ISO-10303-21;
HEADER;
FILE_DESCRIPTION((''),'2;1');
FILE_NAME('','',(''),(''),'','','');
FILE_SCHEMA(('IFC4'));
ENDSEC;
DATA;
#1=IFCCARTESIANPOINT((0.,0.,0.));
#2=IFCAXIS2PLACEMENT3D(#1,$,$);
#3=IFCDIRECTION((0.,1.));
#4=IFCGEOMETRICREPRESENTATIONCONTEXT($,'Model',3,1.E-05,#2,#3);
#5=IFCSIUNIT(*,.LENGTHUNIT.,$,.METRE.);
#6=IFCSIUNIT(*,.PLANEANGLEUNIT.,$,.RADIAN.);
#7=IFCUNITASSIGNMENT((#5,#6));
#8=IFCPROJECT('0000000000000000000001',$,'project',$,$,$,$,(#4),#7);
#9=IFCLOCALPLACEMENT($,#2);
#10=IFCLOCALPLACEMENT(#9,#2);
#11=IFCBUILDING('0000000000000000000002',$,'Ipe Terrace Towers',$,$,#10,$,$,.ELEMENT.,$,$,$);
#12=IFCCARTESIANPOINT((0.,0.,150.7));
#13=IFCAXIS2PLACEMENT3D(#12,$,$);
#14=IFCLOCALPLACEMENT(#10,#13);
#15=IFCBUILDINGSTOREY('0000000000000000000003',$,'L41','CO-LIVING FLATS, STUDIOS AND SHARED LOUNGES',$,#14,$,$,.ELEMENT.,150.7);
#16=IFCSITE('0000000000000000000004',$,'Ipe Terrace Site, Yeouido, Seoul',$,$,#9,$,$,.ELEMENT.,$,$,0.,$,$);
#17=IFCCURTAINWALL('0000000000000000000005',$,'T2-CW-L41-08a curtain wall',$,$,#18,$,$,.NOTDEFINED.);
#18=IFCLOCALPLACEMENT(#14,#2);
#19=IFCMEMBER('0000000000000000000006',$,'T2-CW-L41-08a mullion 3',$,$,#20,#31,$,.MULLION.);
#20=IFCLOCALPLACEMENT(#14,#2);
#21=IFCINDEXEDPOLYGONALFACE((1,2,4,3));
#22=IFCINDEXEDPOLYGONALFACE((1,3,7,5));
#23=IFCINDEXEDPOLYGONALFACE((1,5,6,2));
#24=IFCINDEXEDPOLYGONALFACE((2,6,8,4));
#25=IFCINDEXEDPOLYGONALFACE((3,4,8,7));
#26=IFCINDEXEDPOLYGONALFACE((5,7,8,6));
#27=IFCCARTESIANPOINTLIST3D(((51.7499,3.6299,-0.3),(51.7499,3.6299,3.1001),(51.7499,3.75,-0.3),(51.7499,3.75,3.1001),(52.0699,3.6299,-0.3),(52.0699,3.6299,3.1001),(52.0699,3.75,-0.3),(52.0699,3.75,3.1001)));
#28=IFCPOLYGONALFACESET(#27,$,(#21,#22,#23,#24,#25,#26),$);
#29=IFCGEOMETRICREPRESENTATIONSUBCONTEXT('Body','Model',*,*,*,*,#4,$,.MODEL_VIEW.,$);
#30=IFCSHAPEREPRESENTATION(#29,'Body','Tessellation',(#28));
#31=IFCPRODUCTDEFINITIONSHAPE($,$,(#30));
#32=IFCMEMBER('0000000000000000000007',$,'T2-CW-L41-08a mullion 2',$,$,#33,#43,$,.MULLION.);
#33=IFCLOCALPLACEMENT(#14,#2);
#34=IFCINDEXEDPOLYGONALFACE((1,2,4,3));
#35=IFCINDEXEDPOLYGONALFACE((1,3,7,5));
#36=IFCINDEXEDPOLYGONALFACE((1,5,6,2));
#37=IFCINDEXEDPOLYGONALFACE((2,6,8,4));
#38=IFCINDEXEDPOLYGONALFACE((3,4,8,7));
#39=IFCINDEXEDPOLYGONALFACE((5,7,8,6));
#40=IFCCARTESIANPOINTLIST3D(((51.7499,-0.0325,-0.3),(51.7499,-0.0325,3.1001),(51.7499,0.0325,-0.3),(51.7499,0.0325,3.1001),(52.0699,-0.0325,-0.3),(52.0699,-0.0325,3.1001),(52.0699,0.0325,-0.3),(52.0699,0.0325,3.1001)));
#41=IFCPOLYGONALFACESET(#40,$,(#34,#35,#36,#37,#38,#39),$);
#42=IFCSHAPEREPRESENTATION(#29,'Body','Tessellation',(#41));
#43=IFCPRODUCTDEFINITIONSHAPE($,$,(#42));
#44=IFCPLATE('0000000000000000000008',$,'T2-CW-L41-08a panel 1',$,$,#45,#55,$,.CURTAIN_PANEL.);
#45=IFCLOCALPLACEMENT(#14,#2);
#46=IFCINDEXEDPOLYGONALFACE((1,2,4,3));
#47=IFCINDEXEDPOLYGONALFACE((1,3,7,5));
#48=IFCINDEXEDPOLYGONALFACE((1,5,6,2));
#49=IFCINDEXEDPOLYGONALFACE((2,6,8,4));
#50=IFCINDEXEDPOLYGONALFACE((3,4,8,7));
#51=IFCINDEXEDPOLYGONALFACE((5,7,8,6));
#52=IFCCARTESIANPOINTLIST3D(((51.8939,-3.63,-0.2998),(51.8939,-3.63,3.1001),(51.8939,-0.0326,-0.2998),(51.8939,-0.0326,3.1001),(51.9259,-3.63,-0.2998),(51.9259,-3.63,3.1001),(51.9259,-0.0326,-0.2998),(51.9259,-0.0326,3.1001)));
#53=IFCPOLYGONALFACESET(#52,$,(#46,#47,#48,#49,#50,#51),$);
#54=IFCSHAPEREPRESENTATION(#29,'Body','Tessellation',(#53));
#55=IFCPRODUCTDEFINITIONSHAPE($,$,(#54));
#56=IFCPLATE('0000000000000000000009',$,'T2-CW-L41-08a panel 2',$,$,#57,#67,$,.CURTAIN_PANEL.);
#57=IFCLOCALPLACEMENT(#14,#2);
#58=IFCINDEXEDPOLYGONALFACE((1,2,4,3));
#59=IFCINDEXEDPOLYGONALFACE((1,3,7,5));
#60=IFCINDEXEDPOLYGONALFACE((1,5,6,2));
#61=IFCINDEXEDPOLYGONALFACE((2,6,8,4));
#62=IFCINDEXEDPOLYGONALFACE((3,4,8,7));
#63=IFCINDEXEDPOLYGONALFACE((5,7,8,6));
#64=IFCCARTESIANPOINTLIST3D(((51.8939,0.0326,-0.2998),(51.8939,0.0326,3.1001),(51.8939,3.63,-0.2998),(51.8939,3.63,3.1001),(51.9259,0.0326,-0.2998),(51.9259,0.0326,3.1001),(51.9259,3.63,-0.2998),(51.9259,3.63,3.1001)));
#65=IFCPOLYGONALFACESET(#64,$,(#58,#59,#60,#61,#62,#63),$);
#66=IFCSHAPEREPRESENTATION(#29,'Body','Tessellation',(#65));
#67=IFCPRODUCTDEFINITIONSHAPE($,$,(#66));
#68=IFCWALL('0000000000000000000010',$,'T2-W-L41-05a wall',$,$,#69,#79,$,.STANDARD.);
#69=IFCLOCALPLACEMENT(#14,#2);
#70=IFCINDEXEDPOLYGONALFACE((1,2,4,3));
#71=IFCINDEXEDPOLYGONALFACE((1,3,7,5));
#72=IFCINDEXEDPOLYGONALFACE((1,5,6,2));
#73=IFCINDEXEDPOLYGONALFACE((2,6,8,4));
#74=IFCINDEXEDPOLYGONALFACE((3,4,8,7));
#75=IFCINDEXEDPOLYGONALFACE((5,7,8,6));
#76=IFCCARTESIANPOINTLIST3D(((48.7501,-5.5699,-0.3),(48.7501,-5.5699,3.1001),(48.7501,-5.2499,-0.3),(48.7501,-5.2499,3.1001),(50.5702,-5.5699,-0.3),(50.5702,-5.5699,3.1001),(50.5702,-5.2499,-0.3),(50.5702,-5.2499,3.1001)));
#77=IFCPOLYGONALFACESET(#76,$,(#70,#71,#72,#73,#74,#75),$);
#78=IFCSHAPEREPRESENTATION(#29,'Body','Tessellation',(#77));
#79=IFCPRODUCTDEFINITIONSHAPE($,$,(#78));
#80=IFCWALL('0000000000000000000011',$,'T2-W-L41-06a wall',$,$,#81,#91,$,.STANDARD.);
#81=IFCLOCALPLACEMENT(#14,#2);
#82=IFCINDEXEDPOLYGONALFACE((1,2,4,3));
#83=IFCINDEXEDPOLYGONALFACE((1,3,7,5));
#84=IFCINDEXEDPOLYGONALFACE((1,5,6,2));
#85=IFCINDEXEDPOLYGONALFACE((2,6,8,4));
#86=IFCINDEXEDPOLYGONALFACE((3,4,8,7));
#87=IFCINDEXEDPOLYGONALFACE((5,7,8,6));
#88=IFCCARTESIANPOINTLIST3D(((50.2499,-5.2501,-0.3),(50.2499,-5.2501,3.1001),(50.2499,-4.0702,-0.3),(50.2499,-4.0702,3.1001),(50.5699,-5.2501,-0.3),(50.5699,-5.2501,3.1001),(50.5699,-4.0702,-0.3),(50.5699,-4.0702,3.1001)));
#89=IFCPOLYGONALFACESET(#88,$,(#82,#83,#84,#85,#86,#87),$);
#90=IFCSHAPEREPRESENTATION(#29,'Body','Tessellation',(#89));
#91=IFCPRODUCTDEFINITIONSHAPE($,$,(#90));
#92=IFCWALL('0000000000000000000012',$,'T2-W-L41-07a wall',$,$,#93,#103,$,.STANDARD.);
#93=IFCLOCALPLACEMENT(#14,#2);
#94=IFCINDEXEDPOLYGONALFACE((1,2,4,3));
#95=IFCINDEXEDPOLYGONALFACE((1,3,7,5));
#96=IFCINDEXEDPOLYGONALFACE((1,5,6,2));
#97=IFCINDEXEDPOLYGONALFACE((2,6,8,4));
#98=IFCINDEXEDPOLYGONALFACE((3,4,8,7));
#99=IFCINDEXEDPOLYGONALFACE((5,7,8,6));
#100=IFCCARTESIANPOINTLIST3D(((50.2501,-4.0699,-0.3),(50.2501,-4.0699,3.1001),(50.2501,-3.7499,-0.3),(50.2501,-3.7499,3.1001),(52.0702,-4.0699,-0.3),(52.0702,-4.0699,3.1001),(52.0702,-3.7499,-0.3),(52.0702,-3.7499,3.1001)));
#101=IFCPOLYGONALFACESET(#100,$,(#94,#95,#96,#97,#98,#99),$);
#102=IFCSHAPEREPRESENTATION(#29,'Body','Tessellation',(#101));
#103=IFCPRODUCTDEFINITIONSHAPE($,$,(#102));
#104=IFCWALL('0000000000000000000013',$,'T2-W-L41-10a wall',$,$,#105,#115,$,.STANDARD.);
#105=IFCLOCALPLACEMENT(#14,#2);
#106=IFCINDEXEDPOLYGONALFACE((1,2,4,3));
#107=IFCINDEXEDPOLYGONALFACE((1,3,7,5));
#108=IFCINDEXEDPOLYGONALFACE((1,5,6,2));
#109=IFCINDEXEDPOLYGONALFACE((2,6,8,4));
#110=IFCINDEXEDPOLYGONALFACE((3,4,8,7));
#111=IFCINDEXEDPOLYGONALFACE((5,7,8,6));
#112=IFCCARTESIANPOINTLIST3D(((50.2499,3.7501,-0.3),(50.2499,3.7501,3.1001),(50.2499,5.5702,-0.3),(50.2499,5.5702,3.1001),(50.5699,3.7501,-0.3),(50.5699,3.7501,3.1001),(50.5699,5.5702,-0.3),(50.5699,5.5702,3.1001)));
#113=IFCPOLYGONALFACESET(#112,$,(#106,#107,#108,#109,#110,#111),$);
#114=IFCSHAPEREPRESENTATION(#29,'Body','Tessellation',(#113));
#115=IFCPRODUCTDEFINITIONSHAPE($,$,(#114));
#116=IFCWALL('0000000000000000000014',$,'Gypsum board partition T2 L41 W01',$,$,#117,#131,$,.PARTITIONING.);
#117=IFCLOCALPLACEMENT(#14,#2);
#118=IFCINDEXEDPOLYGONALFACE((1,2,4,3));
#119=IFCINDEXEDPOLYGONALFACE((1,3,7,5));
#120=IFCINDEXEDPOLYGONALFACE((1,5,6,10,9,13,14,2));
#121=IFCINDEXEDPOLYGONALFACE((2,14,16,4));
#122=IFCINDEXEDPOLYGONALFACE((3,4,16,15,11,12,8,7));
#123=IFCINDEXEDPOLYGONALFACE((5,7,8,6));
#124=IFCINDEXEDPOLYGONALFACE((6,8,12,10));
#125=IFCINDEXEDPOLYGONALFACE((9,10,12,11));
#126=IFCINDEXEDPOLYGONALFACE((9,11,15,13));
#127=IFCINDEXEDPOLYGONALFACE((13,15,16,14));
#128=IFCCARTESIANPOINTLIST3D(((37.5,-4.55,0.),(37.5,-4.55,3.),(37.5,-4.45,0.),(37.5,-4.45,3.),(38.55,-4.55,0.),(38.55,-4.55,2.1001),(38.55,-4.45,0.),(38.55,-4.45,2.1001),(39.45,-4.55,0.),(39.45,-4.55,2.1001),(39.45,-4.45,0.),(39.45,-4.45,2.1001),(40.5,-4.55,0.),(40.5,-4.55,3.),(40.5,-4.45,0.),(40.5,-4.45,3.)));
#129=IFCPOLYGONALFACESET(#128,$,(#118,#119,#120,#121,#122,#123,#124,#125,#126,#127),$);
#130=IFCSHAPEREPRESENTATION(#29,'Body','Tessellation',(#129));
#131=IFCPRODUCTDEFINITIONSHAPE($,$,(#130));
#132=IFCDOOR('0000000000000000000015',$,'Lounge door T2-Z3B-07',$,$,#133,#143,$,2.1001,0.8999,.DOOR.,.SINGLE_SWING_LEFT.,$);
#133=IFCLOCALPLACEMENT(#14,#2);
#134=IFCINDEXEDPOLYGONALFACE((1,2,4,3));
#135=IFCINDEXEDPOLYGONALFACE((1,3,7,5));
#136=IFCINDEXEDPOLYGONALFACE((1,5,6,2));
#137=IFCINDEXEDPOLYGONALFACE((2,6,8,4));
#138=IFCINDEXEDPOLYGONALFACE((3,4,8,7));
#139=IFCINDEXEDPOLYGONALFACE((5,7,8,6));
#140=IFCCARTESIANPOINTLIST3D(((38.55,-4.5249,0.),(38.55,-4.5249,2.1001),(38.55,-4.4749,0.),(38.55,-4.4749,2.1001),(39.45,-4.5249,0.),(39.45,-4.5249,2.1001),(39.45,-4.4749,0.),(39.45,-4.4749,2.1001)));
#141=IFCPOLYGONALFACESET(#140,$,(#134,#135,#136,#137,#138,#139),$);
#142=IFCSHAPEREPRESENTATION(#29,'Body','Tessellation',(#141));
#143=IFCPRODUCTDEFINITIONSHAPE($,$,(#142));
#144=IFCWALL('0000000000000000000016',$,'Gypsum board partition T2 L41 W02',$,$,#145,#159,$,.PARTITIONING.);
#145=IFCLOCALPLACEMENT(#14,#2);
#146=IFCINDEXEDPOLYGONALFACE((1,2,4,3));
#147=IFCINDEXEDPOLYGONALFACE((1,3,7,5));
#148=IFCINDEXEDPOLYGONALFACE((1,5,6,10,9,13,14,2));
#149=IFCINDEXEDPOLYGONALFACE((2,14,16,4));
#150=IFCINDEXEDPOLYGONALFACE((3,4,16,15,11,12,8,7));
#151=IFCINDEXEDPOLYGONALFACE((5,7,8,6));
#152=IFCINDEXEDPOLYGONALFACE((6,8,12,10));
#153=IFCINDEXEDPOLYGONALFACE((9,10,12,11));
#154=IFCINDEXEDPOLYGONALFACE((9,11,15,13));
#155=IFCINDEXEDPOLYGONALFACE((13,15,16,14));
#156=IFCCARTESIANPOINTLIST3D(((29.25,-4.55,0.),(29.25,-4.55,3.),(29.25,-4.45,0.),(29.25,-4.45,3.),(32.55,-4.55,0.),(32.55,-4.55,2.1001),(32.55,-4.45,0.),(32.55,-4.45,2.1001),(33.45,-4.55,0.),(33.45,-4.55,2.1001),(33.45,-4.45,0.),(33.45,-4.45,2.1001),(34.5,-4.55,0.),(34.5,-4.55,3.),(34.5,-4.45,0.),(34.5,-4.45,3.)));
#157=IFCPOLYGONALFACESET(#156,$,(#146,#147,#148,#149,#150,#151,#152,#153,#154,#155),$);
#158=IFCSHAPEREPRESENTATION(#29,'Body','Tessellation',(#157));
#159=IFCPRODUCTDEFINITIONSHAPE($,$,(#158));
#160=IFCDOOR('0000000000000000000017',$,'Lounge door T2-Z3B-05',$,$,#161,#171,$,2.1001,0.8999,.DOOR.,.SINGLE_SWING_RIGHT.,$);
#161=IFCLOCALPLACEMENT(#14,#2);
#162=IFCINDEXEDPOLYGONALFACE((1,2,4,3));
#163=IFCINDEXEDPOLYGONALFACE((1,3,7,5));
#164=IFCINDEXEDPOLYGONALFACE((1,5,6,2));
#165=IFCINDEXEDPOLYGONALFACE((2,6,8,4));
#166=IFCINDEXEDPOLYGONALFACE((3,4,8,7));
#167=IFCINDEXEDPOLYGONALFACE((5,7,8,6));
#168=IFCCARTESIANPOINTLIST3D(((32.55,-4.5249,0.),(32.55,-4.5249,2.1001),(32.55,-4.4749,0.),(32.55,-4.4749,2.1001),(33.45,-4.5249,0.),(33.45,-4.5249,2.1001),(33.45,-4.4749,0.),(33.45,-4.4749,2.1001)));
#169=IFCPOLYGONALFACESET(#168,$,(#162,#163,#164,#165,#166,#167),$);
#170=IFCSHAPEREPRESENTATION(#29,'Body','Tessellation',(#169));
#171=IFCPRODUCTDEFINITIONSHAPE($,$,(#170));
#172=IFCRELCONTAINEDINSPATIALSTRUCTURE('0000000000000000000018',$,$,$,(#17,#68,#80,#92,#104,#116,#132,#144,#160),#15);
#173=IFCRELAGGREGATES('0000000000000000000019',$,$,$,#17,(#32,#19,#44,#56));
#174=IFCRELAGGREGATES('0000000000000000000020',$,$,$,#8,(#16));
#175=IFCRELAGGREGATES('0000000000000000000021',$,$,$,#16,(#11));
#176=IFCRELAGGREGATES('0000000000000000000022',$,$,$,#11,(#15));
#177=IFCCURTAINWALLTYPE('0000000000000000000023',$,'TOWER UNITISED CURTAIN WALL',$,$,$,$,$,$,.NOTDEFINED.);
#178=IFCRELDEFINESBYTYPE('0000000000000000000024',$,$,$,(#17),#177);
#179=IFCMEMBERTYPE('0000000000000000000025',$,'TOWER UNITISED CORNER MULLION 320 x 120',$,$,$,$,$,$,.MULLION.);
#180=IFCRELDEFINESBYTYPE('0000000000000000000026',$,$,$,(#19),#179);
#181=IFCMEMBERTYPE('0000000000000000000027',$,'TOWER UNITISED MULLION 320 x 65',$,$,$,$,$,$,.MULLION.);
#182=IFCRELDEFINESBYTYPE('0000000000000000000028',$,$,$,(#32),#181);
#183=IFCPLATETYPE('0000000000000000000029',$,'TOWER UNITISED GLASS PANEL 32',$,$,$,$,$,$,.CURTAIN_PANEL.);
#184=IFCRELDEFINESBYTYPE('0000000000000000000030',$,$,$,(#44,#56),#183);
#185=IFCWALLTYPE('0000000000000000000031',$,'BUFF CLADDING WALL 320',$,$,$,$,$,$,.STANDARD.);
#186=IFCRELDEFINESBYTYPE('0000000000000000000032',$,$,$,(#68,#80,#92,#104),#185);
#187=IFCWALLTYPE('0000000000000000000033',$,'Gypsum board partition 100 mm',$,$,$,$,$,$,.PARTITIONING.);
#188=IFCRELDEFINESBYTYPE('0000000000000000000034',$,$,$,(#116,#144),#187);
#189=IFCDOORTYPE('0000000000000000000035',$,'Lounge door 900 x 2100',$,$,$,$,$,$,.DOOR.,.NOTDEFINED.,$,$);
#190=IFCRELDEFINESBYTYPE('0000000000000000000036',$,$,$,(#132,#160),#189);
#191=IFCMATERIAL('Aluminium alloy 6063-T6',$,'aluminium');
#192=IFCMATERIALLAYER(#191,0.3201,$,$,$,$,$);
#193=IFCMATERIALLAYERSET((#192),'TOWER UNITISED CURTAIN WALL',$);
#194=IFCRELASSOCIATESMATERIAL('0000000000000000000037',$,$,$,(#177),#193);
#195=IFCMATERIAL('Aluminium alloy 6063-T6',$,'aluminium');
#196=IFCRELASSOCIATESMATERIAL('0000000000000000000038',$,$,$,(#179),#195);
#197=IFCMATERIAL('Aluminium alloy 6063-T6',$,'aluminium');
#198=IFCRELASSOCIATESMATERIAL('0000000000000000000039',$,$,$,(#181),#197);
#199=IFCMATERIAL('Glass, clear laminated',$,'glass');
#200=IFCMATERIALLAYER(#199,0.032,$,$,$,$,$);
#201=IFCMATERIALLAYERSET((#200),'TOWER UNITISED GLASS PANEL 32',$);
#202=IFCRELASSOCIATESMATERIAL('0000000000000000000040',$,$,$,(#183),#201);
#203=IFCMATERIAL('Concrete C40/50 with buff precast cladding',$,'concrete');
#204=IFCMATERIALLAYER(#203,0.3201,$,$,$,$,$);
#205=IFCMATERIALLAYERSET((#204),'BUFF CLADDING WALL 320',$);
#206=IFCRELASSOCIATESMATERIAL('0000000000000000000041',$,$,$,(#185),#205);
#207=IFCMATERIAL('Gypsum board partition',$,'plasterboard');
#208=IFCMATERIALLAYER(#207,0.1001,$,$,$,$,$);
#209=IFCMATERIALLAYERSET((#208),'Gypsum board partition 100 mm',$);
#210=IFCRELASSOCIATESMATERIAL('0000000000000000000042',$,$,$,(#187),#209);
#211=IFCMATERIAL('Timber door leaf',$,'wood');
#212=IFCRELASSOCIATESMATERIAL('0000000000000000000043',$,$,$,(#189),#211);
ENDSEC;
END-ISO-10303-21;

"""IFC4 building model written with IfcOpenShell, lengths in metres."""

from ifc_helpers import new_model, si_unit, direction, frame, frame_2d, origin, origin_2d, place, context, subcontext, project, spatial, rectangle, extrude, material, layer, layer_set, material_profile, profile_set, type_object, element, fill, aggregate, save


model = new_model("IFC4")

# Units and contexts
model_context = context("Model", 3, precision=1e-05, world=origin(), true_north=direction((0.0, 1.0)))
body_context = subcontext(model_context, "Body", "Model", "MODEL_VIEW")
ifc_project = project(units=[si_unit("LENGTHUNIT", "METRE"), si_unit("PLANEANGLEUNIT", "RADIAN")], contexts=[model_context])

# Site, building, storey
site_placement = place(None, origin())
site = spatial("IfcSite", under=ifc_project, at=site_placement, Name="Ipe Terrace Site, Yeouido, Seoul", CompositionType="ELEMENT", RefElevation=0.0)
building_placement = place(site_placement, origin())
building = spatial("IfcBuilding", under=site, at=building_placement, Name="Ipe Terrace Towers", CompositionType="ELEMENT")
storey_placement = place(building_placement, frame((0.0, 0.0, 150.7)))
storey = spatial("IfcBuildingStorey", under=building, at=storey_placement, Name="L41", Description="CO-LIVING FLATS, STUDIOS AND SHARED LOUNGES", CompositionType="ELEMENT", Elevation=150.7)

# Curtain wall, members, plates
ifc_material_1 = material(Name="Aluminium alloy 6063-T6", Category="aluminium")
ifc_layer_1 = layer(ifc_material_1, 0.3201)
ifc_layer_set_1 = layer_set([ifc_layer_1], Name="TOWER UNITISED CURTAIN WALL")
curtain_wall_type = type_object("IfcCurtainWallType", Name="TOWER UNITISED CURTAIN WALL", PredefinedType="NOTDEFINED", material=ifc_layer_set_1)
curtain_wall_placement = place(storey_placement, origin())
curtain_wall = element("IfcCurtainWall", 1, at=curtain_wall_placement, inside=storey, type_object=curtain_wall_type, Name="T2-CW-L41-08a curtain wall", PredefinedType="NOTDEFINED")
ifc_material_2 = material(Name="Aluminium alloy 6063-T6", Category="aluminium")
ifc_material_profile_1 = material_profile(ifc_material_2, rectangle(XDim=0.3201, YDim=0.1201, at=origin_2d()), Name="TOWER UNITISED CORNER MULLION 320 x 120")
ifc_profile_set_1 = profile_set([ifc_material_profile_1], Name="Aluminium alloy 6063-T6")
member_type_1 = type_object("IfcMemberType", Name="TOWER UNITISED CORNER MULLION 320 x 120", PredefinedType="MULLION", material=ifc_profile_set_1)
member_1_placement = place(storey_placement, frame((51.9099, 3.6899, -0.3), z_axis=(0.0, 0.0, 1.0), x_axis=(1.0, 0.0, 0.0)))
member_1 = element("IfcMember", 2, at=member_1_placement, type_object=member_type_1, Name="T2-CW-L41-08a mullion 3", PredefinedType="MULLION", context=body_context, shape_type="SweptSolid", body=[
    extrude(rectangle(XDim=0.3201, YDim=0.1201, at=origin_2d()), origin(), (0.0, 0.0, 1.0), 3.4001),
])
ifc_material_3 = material(Name="Aluminium alloy 6063-T6", Category="aluminium")
ifc_material_profile_2 = material_profile(ifc_material_3, rectangle(XDim=0.3201, YDim=0.0649, at=origin_2d()), Name="TOWER UNITISED MULLION 320 x 65")
ifc_profile_set_2 = profile_set([ifc_material_profile_2], Name="Aluminium alloy 6063-T6")
member_type_2 = type_object("IfcMemberType", Name="TOWER UNITISED MULLION 320 x 65", PredefinedType="MULLION", material=ifc_profile_set_2)
member_2_placement = place(storey_placement, frame((51.9099, 0.0, -0.3), z_axis=(0.0, 0.0, 1.0), x_axis=(1.0, 0.0, 0.0)))
member_2 = element("IfcMember", 3, at=member_2_placement, type_object=member_type_2, Name="T2-CW-L41-08a mullion 2", PredefinedType="MULLION", context=body_context, shape_type="SweptSolid", body=[
    extrude(rectangle(XDim=0.3201, YDim=0.0649, at=origin_2d()), origin(), (0.0, 0.0, 1.0), 3.4001),
])
ifc_material_4 = material(Name="Glass, clear laminated", Category="glass")
ifc_layer_2 = layer(ifc_material_4, 0.032)
ifc_layer_set_2 = layer_set([ifc_layer_2], Name="TOWER UNITISED GLASS PANEL 32")
plate_type = type_object("IfcPlateType", Name="TOWER UNITISED GLASS PANEL 32", PredefinedType="CURTAIN_PANEL", material=ifc_layer_set_2)
plate_1_placement = place(storey_placement, frame((51.9099, -1.8313, -0.2998), z_axis=(0.0, 0.0, 1.0), x_axis=(0.0, 1.0, 0.0)))
plate_1 = element("IfcPlate", 4, at=plate_1_placement, type_object=plate_type, Name="T2-CW-L41-08a panel 1", PredefinedType="CURTAIN_PANEL", context=body_context, shape_type="SweptSolid", body=[
    extrude(rectangle(XDim=3.5974, YDim=0.032, at=origin_2d()), origin(), (0.0, 0.0, 1.0), 3.3999),
])
plate_2_placement = place(storey_placement, frame((51.9099, 1.8313, -0.2998), z_axis=(0.0, 0.0, 1.0), x_axis=(0.0, 1.0, 0.0)))
plate_2 = element("IfcPlate", 5, at=plate_2_placement, type_object=plate_type, Name="T2-CW-L41-08a panel 2", PredefinedType="CURTAIN_PANEL", context=body_context, shape_type="SweptSolid", body=[
    extrude(rectangle(XDim=3.5974, YDim=0.032, at=origin_2d()), origin(), (0.0, 0.0, 1.0), 3.3999),
])
aggregate(curtain_wall, [member_2, member_1, plate_1, plate_2])

# Walls
ifc_material_5 = material(Name="Concrete C40/50 with buff precast cladding", Category="concrete")
ifc_layer_3 = layer(ifc_material_5, 0.3201)
ifc_layer_set_3 = layer_set([ifc_layer_3], Name="BUFF CLADDING WALL 320")
wall_type_1 = type_object("IfcWallType", Name="BUFF CLADDING WALL 320", PredefinedType="STANDARD", material=ifc_layer_set_3)
wall_1_placement = place(storey_placement, frame((48.75, -5.4099, -0.3), z_axis=(0.0, 0.0, 1.0), x_axis=(1.0, 0.0, 0.0)))
element("IfcWall", 6, at=wall_1_placement, inside=storey, type_object=wall_type_1, Name="T2-W-L41-05a wall", PredefinedType="STANDARD", context=body_context, shape_type="SweptSolid", body=[
    extrude(rectangle(XDim=1.8201, YDim=0.3201, at=frame_2d((0.9102, 0.0))), origin(), (0.0, 0.0, 1.0), 3.4001),
])
wall_2_placement = place(storey_placement, frame((50.4099, -5.25, -0.3), z_axis=(0.0, 0.0, 1.0), x_axis=(0.0, 1.0, 0.0)))
element("IfcWall", 7, at=wall_2_placement, inside=storey, type_object=wall_type_1, Name="T2-W-L41-06a wall", PredefinedType="STANDARD", context=body_context, shape_type="SweptSolid", body=[
    extrude(rectangle(XDim=1.1799, YDim=0.3201, at=frame_2d((0.5898, 0.0))), origin(), (0.0, 0.0, 1.0), 3.4001),
])
for number, where, z_axis, x_axis, name in (
    (8, (50.25, -3.9099, -0.3), (0.0, 0.0, 1.0), (1.0, 0.0, 0.0), "T2-W-L41-07a wall"),
    (9, (50.4099, 3.75, -0.3), (0.0, 0.0, 1.0), (0.0, 1.0, 0.0), "T2-W-L41-10a wall"),
):
    element("IfcWall", number, at=place(storey_placement, frame(where, z_axis=z_axis, x_axis=x_axis)), inside=storey, type_object=wall_type_1, Name=name, PredefinedType="STANDARD", context=body_context, shape_type="SweptSolid", body=[
        extrude(rectangle(XDim=1.8201, YDim=0.3201, at=frame_2d((0.9102, 0.0))), origin(), (0.0, 0.0, 1.0), 3.4001),
    ])

# Walls, openings, doors
ifc_material_6 = material(Name="Gypsum board partition", Category="plasterboard")
ifc_layer_4 = layer(ifc_material_6, 0.1001)
ifc_layer_set_4 = layer_set([ifc_layer_4], Name="Gypsum board partition 100 mm")
wall_type_2 = type_object("IfcWallType", Name="Gypsum board partition 100 mm", PredefinedType="PARTITIONING", material=ifc_layer_set_4)
wall_3_placement = place(storey_placement, frame((40.5, -4.5, 0.0), z_axis=(0.0, 0.0, 1.0), x_axis=(-1.0, 0.0, 0.0)))
wall_3 = element("IfcWall", 10, at=wall_3_placement, inside=storey, type_object=wall_type_2, Name="Gypsum board partition T2 L41 W01", PredefinedType="PARTITIONING", context=body_context, shape_type="SweptSolid", body=[
    extrude(rectangle(XDim=3.0, YDim=0.1001, at=frame_2d((1.5, 0.0))), origin(), (0.0, 0.0, 1.0), 3.0),
])
opening_1_placement = place(wall_3_placement, frame((1.05, 0.0, 0.0)))
opening_1 = element("IfcOpeningElement", 11, at=opening_1_placement, cuts=wall_3, PredefinedType="OPENING", context=body_context, shape_type="SweptSolid", body=[
    extrude(rectangle(XDim=0.8999, YDim=2.1001, at=frame_2d((0.45, 1.05))), frame((0.0, 0.0601, 0.0), z_axis=(0.0, -1.0, 0.0), x_axis=(1.0, 0.0, 0.0)), (0.0, 0.0, 1.0), 0.1201),
])
ifc_material_7 = material(Name="Timber door leaf", Category="wood")
door_type = type_object("IfcDoorType", Name="Lounge door 900 x 2100", OperationType="NOTDEFINED", PredefinedType="DOOR", material=ifc_material_7)
door_1_placement = place(opening_1_placement, origin())
door_1 = element("IfcDoor", 12, at=door_1_placement, inside=storey, type_object=door_type, Name="Lounge door T2-Z3B-07", OperationType="SINGLE_SWING_LEFT", OverallHeight=2.1001, OverallWidth=0.8999, PredefinedType="DOOR", context=body_context, shape_type="SweptSolid", body=[
    extrude(rectangle(XDim=0.8999, YDim=2.1001, at=frame_2d((0.45, 1.05))), frame((0.0, 0.0249, 0.0), z_axis=(0.0, -1.0, 0.0), x_axis=(1.0, 0.0, 0.0)), (0.0, 0.0, 1.0), 0.05),
])
fill(opening_1, door_1)
wall_4_placement = place(storey_placement, frame((34.5, -4.5, 0.0), z_axis=(0.0, 0.0, 1.0), x_axis=(-1.0, 0.0, 0.0)))
wall_4 = element("IfcWall", 13, at=wall_4_placement, inside=storey, type_object=wall_type_2, Name="Gypsum board partition T2 L41 W02", PredefinedType="PARTITIONING", context=body_context, shape_type="SweptSolid", body=[
    extrude(rectangle(XDim=5.25, YDim=0.1001, at=frame_2d((2.625, 0.0))), origin(), (0.0, 0.0, 1.0), 3.0),
])
opening_2_placement = place(wall_4_placement, frame((1.05, 0.0, 0.0)))
opening_2 = element("IfcOpeningElement", 14, at=opening_2_placement, cuts=wall_4, PredefinedType="OPENING", context=body_context, shape_type="SweptSolid", body=[
    extrude(rectangle(XDim=0.8999, YDim=2.1001, at=frame_2d((0.45, 1.05))), frame((0.0, 0.0601, 0.0), z_axis=(0.0, -1.0, 0.0), x_axis=(1.0, 0.0, 0.0)), (0.0, 0.0, 1.0), 0.1201),
])
door_2_placement = place(opening_2_placement, origin())
door_2 = element("IfcDoor", 15, at=door_2_placement, inside=storey, type_object=door_type, Name="Lounge door T2-Z3B-05", OperationType="SINGLE_SWING_RIGHT", OverallHeight=2.1001, OverallWidth=0.8999, PredefinedType="DOOR", context=body_context, shape_type="SweptSolid", body=[
    extrude(rectangle(XDim=0.8999, YDim=2.1001, at=frame_2d((0.45, 1.05))), frame((0.0, 0.0249, 0.0), z_axis=(0.0, -1.0, 0.0), x_axis=(1.0, 0.0, 0.0)), (0.0, 0.0, 1.0), 0.05),
])
fill(opening_2, door_2)

save(model, "model.ifc")
